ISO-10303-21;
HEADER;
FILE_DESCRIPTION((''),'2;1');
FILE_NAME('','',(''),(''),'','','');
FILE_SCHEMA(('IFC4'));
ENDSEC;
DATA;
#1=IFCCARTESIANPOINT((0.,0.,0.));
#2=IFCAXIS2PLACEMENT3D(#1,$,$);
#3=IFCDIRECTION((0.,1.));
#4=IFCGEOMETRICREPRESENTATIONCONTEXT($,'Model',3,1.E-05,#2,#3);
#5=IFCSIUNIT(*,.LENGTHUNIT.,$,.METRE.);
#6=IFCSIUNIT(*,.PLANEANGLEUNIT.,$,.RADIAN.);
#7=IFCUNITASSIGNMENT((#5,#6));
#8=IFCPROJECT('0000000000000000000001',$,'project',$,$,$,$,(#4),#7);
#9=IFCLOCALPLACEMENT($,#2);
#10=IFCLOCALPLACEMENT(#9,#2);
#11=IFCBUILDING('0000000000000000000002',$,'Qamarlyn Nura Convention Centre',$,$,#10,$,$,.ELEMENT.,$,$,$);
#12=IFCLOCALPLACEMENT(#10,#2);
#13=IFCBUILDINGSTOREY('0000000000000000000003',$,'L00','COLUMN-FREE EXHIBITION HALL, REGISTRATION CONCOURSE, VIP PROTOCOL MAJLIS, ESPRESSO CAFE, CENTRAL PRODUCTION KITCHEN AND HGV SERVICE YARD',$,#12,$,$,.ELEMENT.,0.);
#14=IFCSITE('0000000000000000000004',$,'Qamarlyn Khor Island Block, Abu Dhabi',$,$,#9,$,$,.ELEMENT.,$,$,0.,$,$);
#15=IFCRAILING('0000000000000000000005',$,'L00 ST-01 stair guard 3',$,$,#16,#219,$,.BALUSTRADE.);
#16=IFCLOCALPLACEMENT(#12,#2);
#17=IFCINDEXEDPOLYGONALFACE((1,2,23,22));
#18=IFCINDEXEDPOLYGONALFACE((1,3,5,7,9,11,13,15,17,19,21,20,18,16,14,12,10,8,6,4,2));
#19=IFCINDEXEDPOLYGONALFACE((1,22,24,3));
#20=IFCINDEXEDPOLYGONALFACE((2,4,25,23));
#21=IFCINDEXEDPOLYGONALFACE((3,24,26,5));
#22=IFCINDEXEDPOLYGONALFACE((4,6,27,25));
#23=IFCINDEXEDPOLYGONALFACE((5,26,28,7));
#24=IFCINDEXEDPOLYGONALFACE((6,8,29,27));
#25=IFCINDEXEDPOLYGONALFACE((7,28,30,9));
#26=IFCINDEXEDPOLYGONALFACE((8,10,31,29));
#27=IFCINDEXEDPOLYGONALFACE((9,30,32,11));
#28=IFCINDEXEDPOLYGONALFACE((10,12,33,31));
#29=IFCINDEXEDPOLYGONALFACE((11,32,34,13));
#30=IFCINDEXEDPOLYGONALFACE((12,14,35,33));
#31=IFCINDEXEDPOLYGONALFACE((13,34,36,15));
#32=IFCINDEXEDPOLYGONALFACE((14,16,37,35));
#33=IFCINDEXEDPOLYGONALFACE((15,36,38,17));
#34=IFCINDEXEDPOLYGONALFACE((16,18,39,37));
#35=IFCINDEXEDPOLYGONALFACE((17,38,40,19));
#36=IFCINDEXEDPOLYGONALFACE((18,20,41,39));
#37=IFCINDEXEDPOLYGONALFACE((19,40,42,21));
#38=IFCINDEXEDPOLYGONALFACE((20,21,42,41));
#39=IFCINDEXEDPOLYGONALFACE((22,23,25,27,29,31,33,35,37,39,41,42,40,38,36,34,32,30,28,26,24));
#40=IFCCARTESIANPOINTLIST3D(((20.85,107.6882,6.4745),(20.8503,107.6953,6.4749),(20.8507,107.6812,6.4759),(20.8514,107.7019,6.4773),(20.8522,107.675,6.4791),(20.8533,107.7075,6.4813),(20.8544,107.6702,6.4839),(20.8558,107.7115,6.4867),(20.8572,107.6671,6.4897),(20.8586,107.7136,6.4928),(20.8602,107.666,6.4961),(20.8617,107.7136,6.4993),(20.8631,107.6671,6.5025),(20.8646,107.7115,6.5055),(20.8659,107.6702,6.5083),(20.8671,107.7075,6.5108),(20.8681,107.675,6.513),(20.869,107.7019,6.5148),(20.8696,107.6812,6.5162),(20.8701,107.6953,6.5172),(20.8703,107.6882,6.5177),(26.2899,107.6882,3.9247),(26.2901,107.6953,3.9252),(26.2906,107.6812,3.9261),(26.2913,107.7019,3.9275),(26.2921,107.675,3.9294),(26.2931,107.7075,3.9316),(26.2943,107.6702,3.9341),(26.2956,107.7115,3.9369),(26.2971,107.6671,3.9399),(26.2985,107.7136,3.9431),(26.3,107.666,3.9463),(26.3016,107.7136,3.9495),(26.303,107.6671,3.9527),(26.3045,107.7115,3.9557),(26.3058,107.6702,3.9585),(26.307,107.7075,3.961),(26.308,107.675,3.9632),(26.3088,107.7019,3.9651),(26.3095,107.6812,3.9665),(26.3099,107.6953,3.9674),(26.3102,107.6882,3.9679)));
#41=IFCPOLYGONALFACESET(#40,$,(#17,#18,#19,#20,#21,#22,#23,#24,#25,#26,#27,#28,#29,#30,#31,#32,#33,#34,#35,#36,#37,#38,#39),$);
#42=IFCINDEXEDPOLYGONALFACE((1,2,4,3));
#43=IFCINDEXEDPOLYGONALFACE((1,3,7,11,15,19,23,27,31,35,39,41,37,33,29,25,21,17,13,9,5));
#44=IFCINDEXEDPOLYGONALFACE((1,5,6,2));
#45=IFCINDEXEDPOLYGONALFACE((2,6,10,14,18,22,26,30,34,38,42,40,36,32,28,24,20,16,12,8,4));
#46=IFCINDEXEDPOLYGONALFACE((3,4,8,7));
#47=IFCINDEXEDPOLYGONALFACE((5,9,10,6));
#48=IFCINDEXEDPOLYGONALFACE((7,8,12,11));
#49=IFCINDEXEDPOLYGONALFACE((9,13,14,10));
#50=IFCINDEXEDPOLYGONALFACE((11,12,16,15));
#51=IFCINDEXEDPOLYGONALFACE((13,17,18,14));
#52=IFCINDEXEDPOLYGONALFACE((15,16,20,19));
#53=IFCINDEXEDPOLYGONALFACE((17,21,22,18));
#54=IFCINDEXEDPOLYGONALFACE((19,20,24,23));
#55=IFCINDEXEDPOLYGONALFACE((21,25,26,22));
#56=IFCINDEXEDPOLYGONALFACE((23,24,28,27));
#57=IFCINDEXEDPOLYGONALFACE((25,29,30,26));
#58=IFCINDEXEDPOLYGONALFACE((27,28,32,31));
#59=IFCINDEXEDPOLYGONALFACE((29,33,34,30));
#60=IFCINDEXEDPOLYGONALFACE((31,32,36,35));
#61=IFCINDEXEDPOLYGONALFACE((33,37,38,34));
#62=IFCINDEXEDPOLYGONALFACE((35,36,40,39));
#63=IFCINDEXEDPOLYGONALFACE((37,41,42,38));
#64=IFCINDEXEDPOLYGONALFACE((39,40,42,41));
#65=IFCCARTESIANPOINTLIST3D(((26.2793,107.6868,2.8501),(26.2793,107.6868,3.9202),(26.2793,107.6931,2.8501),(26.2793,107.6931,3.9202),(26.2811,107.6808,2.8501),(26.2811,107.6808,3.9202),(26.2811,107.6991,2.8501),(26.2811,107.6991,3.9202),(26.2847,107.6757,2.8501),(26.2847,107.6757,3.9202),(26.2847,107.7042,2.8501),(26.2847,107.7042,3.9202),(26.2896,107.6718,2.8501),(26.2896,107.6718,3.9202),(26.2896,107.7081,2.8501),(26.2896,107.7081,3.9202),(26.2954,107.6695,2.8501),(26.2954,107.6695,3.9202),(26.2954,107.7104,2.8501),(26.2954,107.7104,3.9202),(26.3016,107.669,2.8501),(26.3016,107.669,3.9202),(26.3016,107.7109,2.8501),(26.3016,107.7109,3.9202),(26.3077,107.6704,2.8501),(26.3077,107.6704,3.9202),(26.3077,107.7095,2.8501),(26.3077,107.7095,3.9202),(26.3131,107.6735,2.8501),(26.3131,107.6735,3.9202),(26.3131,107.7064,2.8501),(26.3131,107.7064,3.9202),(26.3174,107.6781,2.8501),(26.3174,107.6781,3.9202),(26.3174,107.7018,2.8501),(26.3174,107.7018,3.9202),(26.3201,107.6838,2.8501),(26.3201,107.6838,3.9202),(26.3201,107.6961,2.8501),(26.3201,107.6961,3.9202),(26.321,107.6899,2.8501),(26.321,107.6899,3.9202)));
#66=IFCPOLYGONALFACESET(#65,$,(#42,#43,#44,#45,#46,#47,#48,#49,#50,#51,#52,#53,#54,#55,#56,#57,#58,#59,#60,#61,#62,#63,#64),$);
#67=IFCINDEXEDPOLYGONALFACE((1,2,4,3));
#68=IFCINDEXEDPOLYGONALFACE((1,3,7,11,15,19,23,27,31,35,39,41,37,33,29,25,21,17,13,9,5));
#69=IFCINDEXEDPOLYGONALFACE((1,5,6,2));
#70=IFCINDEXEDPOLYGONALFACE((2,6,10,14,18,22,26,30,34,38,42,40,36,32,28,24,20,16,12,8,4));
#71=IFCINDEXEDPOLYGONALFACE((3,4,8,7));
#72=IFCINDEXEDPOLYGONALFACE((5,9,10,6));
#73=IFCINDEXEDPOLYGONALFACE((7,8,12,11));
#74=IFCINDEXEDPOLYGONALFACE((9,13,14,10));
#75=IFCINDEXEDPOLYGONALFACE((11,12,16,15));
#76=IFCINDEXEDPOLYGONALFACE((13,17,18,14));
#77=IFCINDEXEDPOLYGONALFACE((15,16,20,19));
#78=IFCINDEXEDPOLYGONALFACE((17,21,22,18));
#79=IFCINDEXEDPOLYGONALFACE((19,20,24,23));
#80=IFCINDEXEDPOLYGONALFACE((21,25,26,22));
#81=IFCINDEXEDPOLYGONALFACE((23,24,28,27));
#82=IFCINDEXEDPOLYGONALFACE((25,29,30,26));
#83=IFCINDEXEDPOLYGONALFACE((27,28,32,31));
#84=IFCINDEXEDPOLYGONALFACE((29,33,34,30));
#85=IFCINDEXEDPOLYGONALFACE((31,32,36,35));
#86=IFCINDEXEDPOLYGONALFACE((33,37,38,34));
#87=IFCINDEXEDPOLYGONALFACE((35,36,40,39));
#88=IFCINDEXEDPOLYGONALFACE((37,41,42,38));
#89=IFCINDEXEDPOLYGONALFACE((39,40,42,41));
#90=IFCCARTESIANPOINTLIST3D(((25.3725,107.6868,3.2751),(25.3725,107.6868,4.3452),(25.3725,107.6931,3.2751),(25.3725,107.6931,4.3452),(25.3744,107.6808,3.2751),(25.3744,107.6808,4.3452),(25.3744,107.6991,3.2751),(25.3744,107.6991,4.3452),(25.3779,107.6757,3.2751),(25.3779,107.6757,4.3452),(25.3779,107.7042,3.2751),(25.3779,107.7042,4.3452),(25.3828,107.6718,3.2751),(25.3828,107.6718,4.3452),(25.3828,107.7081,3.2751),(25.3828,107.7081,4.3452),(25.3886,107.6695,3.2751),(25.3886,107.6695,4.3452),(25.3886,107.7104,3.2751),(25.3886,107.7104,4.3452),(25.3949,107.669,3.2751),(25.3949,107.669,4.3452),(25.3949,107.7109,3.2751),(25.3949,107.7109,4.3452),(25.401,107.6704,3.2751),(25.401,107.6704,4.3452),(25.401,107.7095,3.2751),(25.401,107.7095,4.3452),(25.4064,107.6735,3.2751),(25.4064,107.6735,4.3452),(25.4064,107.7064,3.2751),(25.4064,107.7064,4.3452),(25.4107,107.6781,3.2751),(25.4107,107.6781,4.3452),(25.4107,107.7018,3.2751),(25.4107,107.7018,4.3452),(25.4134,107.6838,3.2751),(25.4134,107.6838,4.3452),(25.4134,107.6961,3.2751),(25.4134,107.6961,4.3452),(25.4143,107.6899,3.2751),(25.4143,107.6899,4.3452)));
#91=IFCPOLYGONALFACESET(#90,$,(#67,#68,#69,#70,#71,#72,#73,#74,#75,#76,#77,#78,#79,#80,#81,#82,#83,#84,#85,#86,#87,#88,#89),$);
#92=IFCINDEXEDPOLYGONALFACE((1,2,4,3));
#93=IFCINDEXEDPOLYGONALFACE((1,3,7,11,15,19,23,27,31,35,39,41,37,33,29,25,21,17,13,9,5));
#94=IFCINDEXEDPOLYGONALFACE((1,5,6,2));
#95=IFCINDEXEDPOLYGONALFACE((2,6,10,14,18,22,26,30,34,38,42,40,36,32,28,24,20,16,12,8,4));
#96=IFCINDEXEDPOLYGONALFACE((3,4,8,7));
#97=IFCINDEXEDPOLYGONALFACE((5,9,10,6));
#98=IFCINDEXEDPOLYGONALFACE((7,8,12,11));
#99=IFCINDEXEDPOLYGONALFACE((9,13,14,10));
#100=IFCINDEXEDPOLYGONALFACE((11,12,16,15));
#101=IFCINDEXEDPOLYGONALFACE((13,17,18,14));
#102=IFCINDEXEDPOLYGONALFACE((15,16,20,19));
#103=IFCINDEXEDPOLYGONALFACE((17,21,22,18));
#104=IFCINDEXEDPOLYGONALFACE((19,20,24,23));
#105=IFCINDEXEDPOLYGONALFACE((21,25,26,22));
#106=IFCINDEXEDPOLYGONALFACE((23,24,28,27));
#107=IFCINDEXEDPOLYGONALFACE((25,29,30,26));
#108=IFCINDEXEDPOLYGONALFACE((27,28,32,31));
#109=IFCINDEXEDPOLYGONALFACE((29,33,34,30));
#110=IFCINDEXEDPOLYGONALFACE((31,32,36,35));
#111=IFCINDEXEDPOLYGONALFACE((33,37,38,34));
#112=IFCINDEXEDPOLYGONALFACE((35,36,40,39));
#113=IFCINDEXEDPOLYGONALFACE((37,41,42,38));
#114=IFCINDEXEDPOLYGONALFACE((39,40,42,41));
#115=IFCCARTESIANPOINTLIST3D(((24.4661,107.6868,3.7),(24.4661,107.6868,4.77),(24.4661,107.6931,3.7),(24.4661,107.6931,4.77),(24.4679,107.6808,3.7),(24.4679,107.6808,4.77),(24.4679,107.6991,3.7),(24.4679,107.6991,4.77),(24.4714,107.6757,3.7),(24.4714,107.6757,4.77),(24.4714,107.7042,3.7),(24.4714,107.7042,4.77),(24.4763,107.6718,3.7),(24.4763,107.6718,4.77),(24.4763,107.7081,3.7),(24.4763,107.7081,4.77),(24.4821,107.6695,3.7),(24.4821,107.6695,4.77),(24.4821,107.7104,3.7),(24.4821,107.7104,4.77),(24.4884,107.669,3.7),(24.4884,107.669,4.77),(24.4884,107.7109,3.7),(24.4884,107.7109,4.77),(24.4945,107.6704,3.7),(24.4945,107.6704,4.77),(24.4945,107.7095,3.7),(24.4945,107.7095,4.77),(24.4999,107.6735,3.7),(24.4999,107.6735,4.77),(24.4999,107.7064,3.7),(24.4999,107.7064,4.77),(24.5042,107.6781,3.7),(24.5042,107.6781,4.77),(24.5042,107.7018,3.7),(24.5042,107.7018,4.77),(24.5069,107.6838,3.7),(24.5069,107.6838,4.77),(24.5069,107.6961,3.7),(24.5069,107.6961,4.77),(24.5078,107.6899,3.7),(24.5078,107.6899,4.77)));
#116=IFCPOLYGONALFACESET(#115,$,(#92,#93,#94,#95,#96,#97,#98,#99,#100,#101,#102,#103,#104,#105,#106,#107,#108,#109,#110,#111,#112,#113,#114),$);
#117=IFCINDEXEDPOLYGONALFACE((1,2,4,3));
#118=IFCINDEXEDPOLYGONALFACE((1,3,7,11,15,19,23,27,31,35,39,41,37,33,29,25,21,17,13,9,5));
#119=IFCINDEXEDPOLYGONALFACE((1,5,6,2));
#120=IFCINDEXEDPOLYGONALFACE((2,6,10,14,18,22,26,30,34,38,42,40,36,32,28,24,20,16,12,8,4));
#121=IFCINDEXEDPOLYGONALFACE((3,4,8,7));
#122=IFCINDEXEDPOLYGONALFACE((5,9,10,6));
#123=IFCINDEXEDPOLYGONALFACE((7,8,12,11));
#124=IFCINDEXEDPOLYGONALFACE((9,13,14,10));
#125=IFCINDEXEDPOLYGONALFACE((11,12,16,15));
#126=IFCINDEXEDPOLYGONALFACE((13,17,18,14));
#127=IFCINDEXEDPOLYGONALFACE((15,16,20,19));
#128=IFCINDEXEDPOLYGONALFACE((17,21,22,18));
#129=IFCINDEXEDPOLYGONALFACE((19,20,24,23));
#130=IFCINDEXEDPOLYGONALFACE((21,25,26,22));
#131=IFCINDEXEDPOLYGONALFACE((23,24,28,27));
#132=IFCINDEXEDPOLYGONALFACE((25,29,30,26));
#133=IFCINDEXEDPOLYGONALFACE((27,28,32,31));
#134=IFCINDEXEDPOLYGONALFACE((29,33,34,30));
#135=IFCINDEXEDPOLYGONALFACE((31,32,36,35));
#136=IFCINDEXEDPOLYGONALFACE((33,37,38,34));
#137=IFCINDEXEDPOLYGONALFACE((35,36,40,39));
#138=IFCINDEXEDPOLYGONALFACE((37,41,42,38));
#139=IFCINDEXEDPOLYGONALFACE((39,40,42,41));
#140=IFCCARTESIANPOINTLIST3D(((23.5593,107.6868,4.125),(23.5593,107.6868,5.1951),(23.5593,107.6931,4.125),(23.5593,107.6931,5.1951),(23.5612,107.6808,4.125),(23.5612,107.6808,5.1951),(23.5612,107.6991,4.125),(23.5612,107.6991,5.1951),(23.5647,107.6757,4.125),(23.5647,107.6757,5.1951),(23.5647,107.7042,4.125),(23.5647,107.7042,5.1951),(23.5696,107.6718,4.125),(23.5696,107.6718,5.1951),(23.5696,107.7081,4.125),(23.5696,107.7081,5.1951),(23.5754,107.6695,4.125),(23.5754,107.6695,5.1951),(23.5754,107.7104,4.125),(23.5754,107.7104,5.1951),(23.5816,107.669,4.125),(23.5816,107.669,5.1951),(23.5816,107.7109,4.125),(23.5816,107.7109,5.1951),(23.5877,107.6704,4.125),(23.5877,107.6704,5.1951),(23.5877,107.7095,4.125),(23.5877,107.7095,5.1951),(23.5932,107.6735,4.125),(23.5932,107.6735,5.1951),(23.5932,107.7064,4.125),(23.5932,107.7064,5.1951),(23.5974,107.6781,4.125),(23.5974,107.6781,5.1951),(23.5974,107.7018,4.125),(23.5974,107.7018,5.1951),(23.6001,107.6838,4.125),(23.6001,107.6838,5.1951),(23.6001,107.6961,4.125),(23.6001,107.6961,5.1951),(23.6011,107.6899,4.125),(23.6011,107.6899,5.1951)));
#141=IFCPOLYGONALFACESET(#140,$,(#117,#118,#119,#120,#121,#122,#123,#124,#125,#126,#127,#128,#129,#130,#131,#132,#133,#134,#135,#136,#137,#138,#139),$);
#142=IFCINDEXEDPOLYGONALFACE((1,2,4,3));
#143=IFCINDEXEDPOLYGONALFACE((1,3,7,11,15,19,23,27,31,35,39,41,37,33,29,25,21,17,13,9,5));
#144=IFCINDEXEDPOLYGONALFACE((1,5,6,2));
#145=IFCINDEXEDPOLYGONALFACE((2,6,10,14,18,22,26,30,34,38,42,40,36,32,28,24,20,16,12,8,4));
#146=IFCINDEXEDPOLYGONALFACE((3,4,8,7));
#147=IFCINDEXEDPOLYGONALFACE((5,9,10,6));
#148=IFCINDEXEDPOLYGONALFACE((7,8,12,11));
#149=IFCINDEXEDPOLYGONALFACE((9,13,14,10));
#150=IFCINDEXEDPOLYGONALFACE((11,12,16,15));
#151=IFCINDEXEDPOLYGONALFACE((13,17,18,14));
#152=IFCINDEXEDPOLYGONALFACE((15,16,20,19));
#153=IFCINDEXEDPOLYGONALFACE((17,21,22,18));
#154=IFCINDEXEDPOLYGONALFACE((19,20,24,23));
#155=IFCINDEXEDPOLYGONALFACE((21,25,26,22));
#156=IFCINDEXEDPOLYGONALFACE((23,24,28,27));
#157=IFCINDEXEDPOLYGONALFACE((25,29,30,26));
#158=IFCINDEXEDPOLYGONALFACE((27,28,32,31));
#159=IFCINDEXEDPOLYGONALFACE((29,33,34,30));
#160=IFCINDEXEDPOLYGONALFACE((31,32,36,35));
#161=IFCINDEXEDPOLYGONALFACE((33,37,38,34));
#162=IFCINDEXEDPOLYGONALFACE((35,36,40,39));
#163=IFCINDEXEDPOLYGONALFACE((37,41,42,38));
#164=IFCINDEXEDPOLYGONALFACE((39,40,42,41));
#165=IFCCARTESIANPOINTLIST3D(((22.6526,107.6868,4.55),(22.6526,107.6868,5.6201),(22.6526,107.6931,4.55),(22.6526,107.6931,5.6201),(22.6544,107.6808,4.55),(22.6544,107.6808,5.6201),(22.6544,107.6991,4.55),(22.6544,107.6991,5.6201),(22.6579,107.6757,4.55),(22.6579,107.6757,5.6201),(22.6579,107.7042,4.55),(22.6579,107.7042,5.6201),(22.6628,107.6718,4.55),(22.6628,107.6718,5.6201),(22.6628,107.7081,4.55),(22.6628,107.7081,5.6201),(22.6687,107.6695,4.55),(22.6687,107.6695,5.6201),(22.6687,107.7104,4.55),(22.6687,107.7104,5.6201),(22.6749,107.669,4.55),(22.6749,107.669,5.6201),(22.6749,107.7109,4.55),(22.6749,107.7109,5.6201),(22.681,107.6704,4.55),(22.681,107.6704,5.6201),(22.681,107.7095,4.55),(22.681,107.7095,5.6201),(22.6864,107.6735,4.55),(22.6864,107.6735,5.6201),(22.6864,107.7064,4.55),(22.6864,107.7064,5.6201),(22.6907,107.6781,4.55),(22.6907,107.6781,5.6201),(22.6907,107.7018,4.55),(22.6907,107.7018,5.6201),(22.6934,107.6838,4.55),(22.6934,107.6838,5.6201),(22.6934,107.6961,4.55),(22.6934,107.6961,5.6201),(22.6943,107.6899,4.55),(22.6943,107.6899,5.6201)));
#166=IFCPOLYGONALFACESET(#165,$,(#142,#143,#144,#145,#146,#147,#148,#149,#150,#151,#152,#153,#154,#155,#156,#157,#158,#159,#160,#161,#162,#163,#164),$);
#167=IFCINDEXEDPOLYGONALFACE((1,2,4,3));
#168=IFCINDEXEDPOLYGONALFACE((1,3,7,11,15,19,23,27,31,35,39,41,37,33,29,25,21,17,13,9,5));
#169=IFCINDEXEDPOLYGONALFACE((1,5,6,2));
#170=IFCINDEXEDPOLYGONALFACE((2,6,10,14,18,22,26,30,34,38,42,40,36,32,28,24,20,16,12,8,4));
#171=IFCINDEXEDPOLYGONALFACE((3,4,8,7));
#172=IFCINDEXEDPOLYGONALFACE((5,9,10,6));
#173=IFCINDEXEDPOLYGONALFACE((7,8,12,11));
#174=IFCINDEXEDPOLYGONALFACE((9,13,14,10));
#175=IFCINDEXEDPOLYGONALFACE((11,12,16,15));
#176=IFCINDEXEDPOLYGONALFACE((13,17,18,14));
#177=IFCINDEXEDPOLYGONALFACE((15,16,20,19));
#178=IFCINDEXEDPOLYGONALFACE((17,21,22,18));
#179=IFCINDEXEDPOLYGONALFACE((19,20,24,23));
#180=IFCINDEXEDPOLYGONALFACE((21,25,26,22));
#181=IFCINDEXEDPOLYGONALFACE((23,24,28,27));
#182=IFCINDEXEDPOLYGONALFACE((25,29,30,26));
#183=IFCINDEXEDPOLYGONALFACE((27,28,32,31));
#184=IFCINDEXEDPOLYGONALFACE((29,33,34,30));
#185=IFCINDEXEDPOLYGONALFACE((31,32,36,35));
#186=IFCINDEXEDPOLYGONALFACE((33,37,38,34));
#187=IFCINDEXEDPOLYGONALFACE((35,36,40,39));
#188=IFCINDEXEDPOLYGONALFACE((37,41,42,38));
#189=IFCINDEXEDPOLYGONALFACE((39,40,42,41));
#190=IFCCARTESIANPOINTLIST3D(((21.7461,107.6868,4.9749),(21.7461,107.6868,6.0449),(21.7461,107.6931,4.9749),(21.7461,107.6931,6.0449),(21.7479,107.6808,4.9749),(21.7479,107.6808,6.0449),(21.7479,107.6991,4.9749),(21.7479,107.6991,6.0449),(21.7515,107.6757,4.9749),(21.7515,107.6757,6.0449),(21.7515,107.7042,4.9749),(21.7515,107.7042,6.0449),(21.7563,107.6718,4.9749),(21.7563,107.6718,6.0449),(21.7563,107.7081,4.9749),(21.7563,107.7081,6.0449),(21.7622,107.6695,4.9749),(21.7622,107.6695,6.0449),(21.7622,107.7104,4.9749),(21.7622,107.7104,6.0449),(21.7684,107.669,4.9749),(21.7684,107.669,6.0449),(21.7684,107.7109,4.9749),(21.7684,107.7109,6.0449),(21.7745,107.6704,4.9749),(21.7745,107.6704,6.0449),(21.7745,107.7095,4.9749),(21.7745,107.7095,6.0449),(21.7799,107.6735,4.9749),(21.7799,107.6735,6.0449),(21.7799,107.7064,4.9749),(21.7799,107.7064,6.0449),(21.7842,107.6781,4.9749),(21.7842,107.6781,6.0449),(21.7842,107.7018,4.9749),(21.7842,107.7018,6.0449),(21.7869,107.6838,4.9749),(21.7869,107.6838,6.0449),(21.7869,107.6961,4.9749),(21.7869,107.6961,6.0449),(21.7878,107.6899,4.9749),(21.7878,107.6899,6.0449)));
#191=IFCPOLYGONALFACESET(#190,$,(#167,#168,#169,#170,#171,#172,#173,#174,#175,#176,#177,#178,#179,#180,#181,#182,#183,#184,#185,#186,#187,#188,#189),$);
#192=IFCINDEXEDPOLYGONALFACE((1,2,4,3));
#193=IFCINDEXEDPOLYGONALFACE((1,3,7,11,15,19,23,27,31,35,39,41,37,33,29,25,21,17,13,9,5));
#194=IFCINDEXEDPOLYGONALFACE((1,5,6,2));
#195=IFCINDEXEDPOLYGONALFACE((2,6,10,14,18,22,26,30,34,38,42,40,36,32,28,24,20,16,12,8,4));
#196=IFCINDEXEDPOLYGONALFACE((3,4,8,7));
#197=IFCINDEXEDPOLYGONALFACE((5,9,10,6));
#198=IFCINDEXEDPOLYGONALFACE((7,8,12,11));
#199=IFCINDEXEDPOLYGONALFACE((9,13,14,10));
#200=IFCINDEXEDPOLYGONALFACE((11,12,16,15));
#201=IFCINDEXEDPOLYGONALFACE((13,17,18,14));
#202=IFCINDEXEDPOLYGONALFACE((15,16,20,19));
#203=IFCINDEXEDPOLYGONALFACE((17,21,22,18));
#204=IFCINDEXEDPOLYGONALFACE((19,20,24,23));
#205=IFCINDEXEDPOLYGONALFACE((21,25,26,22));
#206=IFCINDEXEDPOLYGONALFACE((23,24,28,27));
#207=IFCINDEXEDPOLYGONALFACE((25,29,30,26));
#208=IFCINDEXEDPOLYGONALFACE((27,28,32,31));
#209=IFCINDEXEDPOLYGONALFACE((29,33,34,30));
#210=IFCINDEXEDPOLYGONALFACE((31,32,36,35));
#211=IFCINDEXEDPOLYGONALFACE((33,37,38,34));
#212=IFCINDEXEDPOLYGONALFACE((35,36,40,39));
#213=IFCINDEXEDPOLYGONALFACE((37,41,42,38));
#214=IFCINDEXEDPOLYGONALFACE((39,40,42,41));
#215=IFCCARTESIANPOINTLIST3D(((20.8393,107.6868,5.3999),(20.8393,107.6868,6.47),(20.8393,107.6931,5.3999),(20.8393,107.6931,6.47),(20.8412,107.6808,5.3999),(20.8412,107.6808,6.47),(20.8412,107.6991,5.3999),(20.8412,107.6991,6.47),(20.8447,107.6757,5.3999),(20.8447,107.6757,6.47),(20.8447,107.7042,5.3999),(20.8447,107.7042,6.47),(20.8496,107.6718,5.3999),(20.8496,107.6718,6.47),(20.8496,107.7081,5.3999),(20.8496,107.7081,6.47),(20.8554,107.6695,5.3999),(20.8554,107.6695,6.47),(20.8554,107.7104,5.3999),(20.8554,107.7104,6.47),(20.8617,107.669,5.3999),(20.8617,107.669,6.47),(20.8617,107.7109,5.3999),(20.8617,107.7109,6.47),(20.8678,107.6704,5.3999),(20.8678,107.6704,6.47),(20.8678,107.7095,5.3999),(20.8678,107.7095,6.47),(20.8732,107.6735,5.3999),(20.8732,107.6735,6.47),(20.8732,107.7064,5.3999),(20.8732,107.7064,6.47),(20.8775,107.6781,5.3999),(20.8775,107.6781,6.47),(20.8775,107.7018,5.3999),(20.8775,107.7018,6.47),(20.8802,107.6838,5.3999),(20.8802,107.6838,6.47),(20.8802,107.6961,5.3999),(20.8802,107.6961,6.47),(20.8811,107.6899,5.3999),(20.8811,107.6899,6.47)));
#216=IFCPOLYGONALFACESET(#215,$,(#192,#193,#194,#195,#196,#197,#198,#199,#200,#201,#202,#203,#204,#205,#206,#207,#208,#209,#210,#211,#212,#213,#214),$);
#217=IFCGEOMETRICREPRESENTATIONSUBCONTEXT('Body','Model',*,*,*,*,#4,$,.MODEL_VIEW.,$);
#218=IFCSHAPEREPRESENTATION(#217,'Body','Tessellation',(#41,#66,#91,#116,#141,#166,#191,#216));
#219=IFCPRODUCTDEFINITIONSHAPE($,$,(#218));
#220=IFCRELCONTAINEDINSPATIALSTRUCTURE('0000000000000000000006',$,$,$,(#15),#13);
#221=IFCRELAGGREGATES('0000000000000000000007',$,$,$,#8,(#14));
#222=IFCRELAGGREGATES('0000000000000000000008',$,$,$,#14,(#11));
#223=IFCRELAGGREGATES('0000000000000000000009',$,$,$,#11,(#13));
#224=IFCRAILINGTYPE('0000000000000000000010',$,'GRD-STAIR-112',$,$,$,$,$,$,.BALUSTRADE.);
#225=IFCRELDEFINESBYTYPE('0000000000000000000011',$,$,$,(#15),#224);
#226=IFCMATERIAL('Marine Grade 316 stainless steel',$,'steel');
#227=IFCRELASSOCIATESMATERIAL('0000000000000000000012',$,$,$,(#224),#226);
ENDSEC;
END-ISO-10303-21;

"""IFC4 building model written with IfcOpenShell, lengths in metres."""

from ifc_helpers import new_model, si_unit, direction, frame, origin, origin_2d, place, context, subcontext, project, spatial, circle, extrude, material, type_object, element, save


model = new_model("IFC4")

# Units and contexts
model_context = context("Model", 3, precision=1e-05, world=origin(), true_north=direction((0.0, 1.0)))
body_context = subcontext(model_context, "Body", "Model", "MODEL_VIEW")
ifc_project = project(units=[si_unit("LENGTHUNIT", "METRE"), si_unit("PLANEANGLEUNIT", "RADIAN")], contexts=[model_context])

# Site, building, storey
site_placement = place(None, origin())
site = spatial("IfcSite", under=ifc_project, at=site_placement, Name="Qamarlyn Khor Island Block, Abu Dhabi", CompositionType="ELEMENT", RefElevation=0.0)
building_placement = place(site_placement, origin())
building = spatial("IfcBuilding", under=site, at=building_placement, Name="Qamarlyn Nura Convention Centre", CompositionType="ELEMENT")
storey_placement = place(building_placement, origin())
storey = spatial("IfcBuildingStorey", under=building, at=storey_placement, Name="L00", Description="COLUMN-FREE EXHIBITION HALL, REGISTRATION CONCOURSE, VIP PROTOCOL MAJLIS, ESPRESSO CAFE, CENTRAL PRODUCTION KITCHEN AND HGV SERVICE YARD", CompositionType="ELEMENT", Elevation=0.0)

# Railing
ifc_material_1 = material(Name="Marine Grade 316 stainless steel", Category="steel")
railing_type_1 = type_object("IfcRailingType", Name="GRD-STAIR-112", PredefinedType="BALUSTRADE", material=ifc_material_1)
railing_1_placement = place(storey_placement, frame((26.3, 107.6899, 2.8501)))
element("IfcRailing", 1, at=railing_1_placement, inside=storey, type_object=railing_type_1, Name="L00 ST-01 stair guard 3", PredefinedType="BALUSTRADE", context=body_context, shape_type="SweptSolid", body=[
    extrude(circle(Radius=0.0239, at=origin_2d()), frame((0.0, 0.0, 1.0962), z_axis=(-0.90547, 0.0, 0.424411), x_axis=(0.0, -1.0, 0.0)), (0.0, 0.0, 1.0), 6.0078),
    extrude(circle(Radius=0.021, at=origin_2d()), origin(), (0.0, 0.0, 1.0), 1.0701),
    extrude(circle(Radius=0.021, at=origin_2d()), frame((-0.9067, 0.0, 0.425)), (0.0, 0.0, 1.0), 1.0701),
    extrude(circle(Radius=0.021, at=origin_2d()), frame((-1.8132, 0.0, 0.8499)), (0.0, 0.0, 1.0), 1.0701),
    extrude(circle(Radius=0.021, at=origin_2d()), frame((-2.72, 0.0, 1.2749)), (0.0, 0.0, 1.0), 1.0701),
    extrude(circle(Radius=0.021, at=origin_2d()), frame((-3.6267, 0.0, 1.7)), (0.0, 0.0, 1.0), 1.0701),
    extrude(circle(Radius=0.021, at=origin_2d()), frame((-4.5332, 0.0, 2.1248)), (0.0, 0.0, 1.0), 1.0701),
    extrude(circle(Radius=0.021, at=origin_2d()), frame((-5.4399, 0.0, 2.5498)), (0.0, 0.0, 1.0), 1.0701),
])

save(model, "model.ifc")
